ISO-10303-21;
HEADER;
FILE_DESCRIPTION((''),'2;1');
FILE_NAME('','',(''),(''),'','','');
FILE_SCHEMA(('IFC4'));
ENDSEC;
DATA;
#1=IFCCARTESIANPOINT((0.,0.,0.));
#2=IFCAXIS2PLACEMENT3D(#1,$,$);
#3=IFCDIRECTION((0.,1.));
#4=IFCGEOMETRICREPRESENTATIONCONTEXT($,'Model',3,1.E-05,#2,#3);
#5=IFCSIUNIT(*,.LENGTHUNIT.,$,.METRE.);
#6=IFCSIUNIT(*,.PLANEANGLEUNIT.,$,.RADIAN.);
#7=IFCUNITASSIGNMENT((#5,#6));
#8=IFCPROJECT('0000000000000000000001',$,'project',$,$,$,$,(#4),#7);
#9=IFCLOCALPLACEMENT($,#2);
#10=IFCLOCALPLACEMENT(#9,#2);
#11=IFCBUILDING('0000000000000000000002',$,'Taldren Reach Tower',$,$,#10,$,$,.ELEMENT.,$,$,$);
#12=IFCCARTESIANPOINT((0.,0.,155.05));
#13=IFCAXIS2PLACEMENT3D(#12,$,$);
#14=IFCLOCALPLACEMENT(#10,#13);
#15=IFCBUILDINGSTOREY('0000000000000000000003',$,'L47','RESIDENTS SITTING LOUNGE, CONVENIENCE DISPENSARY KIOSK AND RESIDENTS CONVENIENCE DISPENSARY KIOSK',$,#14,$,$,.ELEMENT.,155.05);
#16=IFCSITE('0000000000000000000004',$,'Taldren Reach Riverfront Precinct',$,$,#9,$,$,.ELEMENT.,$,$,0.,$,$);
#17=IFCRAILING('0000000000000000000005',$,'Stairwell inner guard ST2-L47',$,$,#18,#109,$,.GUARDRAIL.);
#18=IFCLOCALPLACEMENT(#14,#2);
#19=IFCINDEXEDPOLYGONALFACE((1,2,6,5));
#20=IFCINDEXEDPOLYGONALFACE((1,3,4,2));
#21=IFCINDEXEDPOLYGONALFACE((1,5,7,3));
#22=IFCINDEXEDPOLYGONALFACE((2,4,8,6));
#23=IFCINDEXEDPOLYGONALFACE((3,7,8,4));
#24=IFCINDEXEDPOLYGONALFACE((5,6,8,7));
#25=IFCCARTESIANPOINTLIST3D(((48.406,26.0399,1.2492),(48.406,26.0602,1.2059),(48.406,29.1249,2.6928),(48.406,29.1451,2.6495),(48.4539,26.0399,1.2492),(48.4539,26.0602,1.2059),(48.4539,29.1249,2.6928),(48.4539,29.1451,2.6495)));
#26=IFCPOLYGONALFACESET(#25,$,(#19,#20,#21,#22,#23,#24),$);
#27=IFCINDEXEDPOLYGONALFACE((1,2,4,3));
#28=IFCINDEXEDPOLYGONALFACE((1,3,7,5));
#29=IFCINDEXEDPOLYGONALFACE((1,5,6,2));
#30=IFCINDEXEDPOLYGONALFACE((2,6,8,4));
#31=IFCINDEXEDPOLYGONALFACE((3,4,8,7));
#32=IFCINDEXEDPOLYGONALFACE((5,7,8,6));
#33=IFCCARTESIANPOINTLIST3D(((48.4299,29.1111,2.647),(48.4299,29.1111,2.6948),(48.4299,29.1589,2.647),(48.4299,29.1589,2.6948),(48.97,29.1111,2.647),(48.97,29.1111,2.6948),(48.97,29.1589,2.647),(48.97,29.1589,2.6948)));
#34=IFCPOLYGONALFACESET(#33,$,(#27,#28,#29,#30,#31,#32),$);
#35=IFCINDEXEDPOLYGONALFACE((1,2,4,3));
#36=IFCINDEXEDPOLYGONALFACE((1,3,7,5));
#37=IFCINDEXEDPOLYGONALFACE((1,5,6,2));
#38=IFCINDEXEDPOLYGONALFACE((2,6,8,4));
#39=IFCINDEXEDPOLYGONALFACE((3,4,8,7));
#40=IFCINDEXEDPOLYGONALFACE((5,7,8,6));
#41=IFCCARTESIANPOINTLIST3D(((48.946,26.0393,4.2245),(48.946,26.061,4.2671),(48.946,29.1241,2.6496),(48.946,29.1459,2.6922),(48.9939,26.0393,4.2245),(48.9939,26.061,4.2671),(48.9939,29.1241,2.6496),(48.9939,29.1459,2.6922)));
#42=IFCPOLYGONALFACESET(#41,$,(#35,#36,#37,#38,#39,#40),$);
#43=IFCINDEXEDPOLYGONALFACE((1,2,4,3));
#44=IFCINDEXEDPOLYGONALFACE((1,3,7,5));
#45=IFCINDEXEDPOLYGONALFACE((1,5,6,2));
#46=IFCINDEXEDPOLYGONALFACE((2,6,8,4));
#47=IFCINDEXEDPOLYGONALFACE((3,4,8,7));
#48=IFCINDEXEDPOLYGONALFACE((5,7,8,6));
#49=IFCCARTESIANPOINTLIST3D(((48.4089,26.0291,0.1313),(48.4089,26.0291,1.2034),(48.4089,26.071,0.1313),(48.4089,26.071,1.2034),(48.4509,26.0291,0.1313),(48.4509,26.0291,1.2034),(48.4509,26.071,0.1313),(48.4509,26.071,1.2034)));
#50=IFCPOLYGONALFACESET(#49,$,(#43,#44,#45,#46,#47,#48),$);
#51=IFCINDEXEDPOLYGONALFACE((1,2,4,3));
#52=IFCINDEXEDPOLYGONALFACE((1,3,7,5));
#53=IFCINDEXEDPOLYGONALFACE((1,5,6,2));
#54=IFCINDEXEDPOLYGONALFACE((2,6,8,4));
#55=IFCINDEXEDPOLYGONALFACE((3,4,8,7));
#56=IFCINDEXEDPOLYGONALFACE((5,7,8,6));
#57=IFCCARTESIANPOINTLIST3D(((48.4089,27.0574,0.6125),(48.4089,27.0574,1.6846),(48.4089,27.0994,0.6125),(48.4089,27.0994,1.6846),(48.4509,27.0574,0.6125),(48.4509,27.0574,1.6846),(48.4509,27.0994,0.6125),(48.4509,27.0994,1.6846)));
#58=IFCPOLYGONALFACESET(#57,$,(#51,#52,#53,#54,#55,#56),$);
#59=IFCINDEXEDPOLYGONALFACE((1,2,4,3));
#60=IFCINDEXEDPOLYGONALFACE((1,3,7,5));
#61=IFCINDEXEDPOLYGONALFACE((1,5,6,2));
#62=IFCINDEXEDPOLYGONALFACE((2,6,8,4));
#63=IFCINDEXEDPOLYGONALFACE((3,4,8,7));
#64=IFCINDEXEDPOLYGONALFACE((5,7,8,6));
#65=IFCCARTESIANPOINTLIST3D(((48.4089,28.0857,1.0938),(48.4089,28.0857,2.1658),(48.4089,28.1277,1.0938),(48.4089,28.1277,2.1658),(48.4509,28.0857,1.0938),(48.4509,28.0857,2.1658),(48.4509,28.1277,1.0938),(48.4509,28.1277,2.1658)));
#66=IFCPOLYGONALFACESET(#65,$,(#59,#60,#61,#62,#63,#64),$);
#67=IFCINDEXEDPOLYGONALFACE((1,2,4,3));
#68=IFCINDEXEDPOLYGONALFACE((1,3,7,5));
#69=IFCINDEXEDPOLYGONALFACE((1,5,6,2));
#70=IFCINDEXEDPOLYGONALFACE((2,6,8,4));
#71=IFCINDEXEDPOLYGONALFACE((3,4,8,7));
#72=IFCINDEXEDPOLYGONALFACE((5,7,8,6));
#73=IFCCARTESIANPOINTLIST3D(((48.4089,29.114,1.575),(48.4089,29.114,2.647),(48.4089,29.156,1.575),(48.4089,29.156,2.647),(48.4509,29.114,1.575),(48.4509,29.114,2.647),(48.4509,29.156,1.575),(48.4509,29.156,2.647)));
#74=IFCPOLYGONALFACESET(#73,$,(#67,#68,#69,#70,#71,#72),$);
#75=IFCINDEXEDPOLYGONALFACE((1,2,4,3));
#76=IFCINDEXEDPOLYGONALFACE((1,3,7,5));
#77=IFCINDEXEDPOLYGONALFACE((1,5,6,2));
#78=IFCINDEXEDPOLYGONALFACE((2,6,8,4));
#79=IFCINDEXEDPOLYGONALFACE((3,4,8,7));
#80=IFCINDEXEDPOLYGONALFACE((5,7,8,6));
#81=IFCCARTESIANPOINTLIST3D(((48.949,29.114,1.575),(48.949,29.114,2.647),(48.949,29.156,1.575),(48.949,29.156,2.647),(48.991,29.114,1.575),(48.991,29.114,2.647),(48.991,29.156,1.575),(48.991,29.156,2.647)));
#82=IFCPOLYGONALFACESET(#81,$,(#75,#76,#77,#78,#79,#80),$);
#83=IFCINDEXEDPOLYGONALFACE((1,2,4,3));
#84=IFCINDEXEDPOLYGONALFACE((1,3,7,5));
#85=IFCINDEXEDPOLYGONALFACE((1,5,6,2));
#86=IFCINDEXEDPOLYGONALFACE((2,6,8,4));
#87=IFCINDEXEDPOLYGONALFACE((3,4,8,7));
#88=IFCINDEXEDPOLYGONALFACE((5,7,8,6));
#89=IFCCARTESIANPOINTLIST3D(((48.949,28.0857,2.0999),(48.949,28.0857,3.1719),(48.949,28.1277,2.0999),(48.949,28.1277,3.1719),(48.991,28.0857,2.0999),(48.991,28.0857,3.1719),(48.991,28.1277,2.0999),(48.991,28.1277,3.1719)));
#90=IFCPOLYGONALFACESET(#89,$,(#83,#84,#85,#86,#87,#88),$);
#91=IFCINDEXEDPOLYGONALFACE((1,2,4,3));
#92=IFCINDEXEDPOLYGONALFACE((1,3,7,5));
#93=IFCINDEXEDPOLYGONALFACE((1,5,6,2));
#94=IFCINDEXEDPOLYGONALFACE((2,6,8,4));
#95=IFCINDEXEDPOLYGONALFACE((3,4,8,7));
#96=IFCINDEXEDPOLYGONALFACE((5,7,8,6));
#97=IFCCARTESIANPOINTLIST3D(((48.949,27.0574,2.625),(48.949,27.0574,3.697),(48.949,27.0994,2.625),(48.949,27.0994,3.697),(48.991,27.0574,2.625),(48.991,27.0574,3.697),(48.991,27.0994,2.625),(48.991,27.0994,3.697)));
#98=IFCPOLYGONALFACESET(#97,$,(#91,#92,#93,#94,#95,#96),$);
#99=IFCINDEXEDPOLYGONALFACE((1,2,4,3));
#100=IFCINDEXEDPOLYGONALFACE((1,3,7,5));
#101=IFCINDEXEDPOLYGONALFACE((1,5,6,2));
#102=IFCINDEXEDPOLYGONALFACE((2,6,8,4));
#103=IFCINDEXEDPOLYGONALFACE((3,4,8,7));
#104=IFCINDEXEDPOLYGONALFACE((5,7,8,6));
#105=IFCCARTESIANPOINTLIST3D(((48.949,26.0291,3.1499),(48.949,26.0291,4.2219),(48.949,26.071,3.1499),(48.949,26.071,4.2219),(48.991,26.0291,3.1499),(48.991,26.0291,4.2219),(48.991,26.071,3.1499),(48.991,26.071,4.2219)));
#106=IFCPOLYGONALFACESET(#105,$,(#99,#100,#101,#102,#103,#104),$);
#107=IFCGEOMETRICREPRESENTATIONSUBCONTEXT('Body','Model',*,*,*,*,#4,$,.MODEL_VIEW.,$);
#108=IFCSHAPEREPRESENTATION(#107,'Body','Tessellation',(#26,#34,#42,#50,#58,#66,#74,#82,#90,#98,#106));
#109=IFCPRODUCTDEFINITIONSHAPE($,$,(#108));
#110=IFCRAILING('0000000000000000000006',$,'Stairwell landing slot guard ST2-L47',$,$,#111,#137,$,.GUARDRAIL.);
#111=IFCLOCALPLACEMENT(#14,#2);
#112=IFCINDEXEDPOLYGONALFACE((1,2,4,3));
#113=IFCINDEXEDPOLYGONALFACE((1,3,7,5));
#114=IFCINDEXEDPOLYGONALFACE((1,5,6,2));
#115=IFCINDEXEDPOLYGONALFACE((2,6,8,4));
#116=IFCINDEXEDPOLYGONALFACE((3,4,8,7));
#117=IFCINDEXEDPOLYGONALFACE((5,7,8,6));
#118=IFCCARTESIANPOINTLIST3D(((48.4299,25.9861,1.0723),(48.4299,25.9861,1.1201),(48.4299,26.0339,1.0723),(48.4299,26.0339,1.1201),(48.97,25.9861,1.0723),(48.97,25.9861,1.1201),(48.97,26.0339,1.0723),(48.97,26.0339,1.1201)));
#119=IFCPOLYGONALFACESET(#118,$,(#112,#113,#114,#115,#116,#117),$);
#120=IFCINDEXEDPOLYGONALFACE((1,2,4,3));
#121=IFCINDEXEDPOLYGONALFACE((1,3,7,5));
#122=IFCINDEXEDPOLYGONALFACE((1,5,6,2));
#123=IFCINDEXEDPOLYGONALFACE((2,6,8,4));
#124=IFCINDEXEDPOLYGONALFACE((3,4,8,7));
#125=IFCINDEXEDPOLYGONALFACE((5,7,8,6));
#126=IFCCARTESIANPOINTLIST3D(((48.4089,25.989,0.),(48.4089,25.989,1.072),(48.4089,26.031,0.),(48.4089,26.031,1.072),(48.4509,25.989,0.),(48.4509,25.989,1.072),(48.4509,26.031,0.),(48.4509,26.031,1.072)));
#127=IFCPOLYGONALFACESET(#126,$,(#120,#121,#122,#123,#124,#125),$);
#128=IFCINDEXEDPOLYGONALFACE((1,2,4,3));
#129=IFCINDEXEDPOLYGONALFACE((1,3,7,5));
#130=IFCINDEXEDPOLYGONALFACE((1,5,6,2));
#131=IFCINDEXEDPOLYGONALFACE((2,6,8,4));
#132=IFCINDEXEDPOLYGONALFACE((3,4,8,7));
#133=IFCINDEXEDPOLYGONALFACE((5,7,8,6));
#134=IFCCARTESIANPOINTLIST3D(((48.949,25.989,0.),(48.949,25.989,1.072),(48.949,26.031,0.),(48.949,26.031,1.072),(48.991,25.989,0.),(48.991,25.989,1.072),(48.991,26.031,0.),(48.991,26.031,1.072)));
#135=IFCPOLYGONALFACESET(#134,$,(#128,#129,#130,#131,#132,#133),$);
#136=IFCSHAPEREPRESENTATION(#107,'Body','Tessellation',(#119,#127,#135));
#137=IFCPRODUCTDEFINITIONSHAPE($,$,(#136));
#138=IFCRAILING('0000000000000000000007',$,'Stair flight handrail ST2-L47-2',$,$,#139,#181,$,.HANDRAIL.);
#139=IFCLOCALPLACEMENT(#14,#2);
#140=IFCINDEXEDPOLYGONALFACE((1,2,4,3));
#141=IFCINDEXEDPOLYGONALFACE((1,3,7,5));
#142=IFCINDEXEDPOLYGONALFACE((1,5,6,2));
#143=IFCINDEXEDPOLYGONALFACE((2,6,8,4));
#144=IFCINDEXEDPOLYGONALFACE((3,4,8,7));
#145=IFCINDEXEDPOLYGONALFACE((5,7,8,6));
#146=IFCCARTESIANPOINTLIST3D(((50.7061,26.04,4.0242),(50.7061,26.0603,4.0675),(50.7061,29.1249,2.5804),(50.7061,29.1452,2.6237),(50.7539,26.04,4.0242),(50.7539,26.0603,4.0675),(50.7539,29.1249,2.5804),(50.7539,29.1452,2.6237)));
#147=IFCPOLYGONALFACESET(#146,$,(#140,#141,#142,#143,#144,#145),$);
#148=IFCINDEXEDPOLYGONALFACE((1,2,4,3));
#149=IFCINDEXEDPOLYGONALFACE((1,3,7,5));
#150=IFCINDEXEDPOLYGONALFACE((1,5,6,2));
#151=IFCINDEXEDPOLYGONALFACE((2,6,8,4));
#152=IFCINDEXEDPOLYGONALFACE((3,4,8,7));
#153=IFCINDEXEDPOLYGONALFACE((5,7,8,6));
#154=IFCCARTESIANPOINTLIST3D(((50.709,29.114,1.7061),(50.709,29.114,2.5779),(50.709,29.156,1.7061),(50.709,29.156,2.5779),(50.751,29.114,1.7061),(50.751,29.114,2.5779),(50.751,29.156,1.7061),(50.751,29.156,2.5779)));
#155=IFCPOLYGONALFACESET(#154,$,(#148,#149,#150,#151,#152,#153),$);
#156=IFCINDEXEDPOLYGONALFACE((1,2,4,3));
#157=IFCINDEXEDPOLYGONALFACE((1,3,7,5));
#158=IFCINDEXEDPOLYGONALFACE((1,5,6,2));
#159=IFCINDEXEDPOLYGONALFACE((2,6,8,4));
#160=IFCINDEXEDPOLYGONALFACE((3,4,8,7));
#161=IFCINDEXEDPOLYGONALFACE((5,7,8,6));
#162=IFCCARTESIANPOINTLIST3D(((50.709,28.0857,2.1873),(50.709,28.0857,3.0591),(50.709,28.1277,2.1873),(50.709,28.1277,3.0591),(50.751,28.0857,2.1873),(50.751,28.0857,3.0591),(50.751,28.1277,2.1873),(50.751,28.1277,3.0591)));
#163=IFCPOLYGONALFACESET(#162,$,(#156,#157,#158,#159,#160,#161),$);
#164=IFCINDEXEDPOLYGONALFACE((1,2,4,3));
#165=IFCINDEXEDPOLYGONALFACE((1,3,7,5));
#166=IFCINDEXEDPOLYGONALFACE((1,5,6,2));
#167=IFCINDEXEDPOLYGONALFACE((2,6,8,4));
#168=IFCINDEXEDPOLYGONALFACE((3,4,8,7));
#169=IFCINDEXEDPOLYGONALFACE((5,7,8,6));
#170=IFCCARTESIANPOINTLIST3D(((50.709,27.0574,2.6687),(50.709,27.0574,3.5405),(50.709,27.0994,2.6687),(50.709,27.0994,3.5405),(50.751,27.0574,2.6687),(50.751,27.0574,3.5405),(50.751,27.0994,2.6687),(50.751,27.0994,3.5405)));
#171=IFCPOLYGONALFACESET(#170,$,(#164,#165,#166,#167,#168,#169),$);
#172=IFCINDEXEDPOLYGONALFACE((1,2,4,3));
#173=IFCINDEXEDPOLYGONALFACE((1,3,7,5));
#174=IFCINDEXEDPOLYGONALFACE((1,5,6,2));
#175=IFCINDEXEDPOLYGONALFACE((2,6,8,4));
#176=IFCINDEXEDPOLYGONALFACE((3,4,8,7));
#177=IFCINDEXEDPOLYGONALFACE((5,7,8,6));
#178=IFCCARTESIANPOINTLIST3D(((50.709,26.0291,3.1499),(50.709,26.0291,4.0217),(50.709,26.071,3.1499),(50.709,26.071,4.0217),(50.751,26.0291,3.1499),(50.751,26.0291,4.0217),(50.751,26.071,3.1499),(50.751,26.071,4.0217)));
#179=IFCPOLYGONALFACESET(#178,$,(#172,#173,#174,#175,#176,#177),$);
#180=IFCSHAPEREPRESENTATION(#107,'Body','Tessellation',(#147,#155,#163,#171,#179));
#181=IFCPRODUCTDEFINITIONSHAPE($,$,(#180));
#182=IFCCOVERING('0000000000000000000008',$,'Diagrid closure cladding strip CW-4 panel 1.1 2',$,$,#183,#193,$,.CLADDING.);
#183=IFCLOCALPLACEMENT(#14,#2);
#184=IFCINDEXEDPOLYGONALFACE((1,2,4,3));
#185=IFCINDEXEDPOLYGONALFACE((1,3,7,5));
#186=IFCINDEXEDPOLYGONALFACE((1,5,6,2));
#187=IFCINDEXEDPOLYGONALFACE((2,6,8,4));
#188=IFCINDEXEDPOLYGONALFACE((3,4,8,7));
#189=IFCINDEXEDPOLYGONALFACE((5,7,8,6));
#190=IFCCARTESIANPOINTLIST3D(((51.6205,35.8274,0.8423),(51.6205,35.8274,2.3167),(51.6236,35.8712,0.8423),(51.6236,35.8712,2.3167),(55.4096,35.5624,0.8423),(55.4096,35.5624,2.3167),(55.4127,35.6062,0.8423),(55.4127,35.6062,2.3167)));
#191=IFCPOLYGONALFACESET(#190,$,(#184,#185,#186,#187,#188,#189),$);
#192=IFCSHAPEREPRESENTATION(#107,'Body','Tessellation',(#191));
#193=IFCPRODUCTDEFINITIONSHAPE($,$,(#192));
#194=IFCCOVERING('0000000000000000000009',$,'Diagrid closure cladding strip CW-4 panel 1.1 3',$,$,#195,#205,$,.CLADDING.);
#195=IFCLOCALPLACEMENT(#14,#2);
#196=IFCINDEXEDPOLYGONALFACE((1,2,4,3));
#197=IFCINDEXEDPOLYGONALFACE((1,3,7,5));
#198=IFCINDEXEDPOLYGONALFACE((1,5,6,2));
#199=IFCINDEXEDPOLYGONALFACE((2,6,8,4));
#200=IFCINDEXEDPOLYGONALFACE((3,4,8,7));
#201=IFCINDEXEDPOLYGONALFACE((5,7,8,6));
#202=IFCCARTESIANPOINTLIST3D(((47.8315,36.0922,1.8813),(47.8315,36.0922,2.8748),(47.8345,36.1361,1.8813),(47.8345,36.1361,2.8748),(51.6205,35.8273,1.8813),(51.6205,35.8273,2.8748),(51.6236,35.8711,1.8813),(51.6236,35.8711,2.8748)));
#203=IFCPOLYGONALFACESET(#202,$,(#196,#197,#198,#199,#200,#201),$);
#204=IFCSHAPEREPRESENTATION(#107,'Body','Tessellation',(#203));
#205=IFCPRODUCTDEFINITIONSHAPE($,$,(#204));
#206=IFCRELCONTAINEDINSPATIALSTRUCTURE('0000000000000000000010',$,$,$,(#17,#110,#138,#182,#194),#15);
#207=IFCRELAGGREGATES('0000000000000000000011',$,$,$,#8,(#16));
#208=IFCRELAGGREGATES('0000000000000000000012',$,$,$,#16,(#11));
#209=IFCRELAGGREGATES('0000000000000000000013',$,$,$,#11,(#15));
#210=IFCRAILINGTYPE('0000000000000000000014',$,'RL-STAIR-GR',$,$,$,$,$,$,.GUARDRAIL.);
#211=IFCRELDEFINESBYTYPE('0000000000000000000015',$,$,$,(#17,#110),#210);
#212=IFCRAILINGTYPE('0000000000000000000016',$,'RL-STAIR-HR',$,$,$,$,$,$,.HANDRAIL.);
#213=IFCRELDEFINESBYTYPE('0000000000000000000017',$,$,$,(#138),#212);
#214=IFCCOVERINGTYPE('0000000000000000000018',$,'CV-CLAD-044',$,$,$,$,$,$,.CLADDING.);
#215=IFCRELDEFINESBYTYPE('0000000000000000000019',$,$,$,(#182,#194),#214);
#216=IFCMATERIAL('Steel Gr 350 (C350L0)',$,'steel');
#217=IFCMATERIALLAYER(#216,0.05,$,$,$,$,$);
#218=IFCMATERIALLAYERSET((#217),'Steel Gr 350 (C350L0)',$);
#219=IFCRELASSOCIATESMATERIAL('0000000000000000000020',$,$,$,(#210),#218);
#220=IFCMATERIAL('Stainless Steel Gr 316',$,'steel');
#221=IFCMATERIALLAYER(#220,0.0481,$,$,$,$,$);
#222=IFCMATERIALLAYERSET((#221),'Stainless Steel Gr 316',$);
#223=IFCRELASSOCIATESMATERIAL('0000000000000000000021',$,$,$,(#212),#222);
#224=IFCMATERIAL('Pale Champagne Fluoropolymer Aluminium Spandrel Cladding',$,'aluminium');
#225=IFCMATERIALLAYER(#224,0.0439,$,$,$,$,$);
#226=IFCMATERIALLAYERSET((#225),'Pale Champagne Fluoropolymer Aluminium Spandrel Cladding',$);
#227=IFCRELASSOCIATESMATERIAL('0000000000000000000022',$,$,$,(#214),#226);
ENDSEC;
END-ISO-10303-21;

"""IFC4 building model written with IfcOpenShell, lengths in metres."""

from ifc_helpers import new_model, si_unit, direction, frame, origin, origin_2d, place, context, subcontext, project, spatial, rectangle, extrude, source, transform, mapped, material, layer, layer_set, type_object, element, save


model = new_model("IFC4")

# Units and contexts
model_context = context("Model", 3, precision=1e-05, world=origin(), true_north=direction((0.0, 1.0)))
body_context = subcontext(model_context, "Body", "Model", "MODEL_VIEW")
ifc_project = project(units=[si_unit("LENGTHUNIT", "METRE"), si_unit("PLANEANGLEUNIT", "RADIAN")], contexts=[model_context])

# Site, building, storey
site_placement = place(None, origin())
site = spatial("IfcSite", under=ifc_project, at=site_placement, Name="Taldren Reach Riverfront Precinct", CompositionType="ELEMENT", RefElevation=0.0)
building_placement = place(site_placement, origin())
building = spatial("IfcBuilding", under=site, at=building_placement, Name="Taldren Reach Tower", CompositionType="ELEMENT")
storey_placement = place(building_placement, frame((0.0, 0.0, 155.05)))
storey = spatial("IfcBuildingStorey", under=building, at=storey_placement, Name="L47", Description="RESIDENTS SITTING LOUNGE, CONVENIENCE DISPENSARY KIOSK AND RESIDENTS CONVENIENCE DISPENSARY KIOSK", CompositionType="ELEMENT", Elevation=155.05)

# Shared definitions
ifc_material_1 = material(Name="Steel Gr 350 (C350L0)", Category="steel")

# Railings
ifc_layer_1 = layer(ifc_material_1, 0.05)
ifc_layer_set_1 = layer_set([ifc_layer_1], Name="Steel Gr 350 (C350L0)")
railing_type_1 = type_object("IfcRailingType", Name="RL-STAIR-GR", PredefinedType="GUARDRAIL", material=ifc_layer_set_1)
railing_1_placement = place(storey_placement, frame((48.4299, 26.05, 0.1313)))
element("IfcRailing", 1, at=railing_1_placement, inside=storey, type_object=railing_type_1, Name="Stairwell inner guard ST2-L47", PredefinedType="GUARDRAIL", context=body_context, shape_type="SweptSolid", body=[
    extrude(rectangle(XDim=0.0479, YDim=0.0479, at=origin_2d()), frame((0.0, 0.0, 1.0962), z_axis=(0.0, 0.905738, 0.423839), x_axis=(-1.0, 0.0, 0.0)), (0.0, 0.0, 1.0), 3.406),
    extrude(rectangle(XDim=0.0479, YDim=0.0479, at=origin_2d()), frame((0.0, 3.085, 2.5396), z_axis=(1.0, 0.0, 0.0), x_axis=(0.0, 1.0, 0.0)), (0.0, 0.0, 1.0), 0.54),
    extrude(rectangle(XDim=0.0479, YDim=0.0479, at=origin_2d()), frame((0.54, 3.085, 2.5396), z_axis=(0.0, -0.890646, 0.454697), x_axis=(1.0, 0.0, 0.0)), (0.0, 0.0, 1.0), 3.4636),
    extrude(rectangle(XDim=0.042, YDim=0.042, at=origin_2d()), origin(), (0.0, 0.0, 1.0), 1.072),
    extrude(rectangle(XDim=0.042, YDim=0.042, at=origin_2d()), frame((0.0, 1.0283, 0.4812)), (0.0, 0.0, 1.0), 1.072),
    extrude(rectangle(XDim=0.042, YDim=0.042, at=origin_2d()), frame((0.0, 2.0566, 0.9624)), (0.0, 0.0, 1.0), 1.072),
    extrude(rectangle(XDim=0.042, YDim=0.042, at=origin_2d()), frame((0.0, 3.085, 1.4436)), (0.0, 0.0, 1.0), 1.072),
    extrude(rectangle(XDim=0.042, YDim=0.042, at=origin_2d()), frame((0.54, 3.085, 1.4436)), (0.0, 0.0, 1.0), 1.072),
    extrude(rectangle(XDim=0.042, YDim=0.042, at=origin_2d()), frame((0.54, 2.0566, 1.9685)), (0.0, 0.0, 1.0), 1.072),
    extrude(rectangle(XDim=0.042, YDim=0.042, at=origin_2d()), frame((0.54, 1.0283, 2.4937)), (0.0, 0.0, 1.0), 1.072),
    extrude(rectangle(XDim=0.042, YDim=0.042, at=origin_2d()), frame((0.54, 0.0, 3.0186)), (0.0, 0.0, 1.0), 1.072),
])
railing_2_placement = place(storey_placement, frame((48.4299, 26.01, 0.0)))
element("IfcRailing", 2, at=railing_2_placement, inside=storey, type_object=railing_type_1, Name="Stairwell landing slot guard ST2-L47", PredefinedType="GUARDRAIL", context=body_context, shape_type="SweptSolid", body=[
    extrude(rectangle(XDim=0.0479, YDim=0.0479, at=origin_2d()), frame((0.0, 0.0, 1.0962), z_axis=(1.0, 0.0, 0.0), x_axis=(0.0, 1.0, 0.0)), (0.0, 0.0, 1.0), 0.54),
    extrude(rectangle(XDim=0.042, YDim=0.042, at=origin_2d()), origin(), (0.0, 0.0, 1.0), 1.072),
    extrude(rectangle(XDim=0.042, YDim=0.042, at=origin_2d()), frame((0.54, 0.0, 0.0)), (0.0, 0.0, 1.0), 1.072),
])
ifc_material_2 = material(Name="Stainless Steel Gr 316", Category="steel")
ifc_layer_2 = layer(ifc_material_2, 0.0481)
ifc_layer_set_2 = layer_set([ifc_layer_2], Name="Stainless Steel Gr 316")
railing_type_2 = type_object("IfcRailingType", Name="RL-STAIR-HR", PredefinedType="HANDRAIL", material=ifc_layer_set_2)
railing_3_placement = place(storey_placement, frame((50.73, 29.135, 1.7061)))
element("IfcRailing", 3, at=railing_3_placement, inside=storey, type_object=railing_type_2, Name="Stair flight handrail ST2-L47-2", PredefinedType="HANDRAIL", context=body_context, shape_type="SweptSolid", body=[
    extrude(rectangle(XDim=0.0479, YDim=0.0479, at=origin_2d()), frame((0.0, 0.0, 0.896), z_axis=(0.0, -0.90571, 0.423898), x_axis=(1.0, 0.0, 0.0)), (0.0, 0.0, 1.0), 3.406),
    extrude(rectangle(XDim=0.042, YDim=0.042, at=origin_2d()), origin(), (0.0, 0.0, 1.0), 0.8718),
    extrude(rectangle(XDim=0.042, YDim=0.042, at=origin_2d()), frame((0.0, -1.0283, 0.4812)), (0.0, 0.0, 1.0), 0.8718),
    extrude(rectangle(XDim=0.042, YDim=0.042, at=origin_2d()), frame((0.0, -2.0566, 0.9626)), (0.0, 0.0, 1.0), 0.8718),
    extrude(rectangle(XDim=0.042, YDim=0.042, at=origin_2d()), frame((0.0, -3.085, 1.4438)), (0.0, 0.0, 1.0), 0.8718),
])

# Coverings
ifc_material_3 = material(Name="Pale Champagne Fluoropolymer Aluminium Spandrel Cladding", Category="aluminium")
ifc_layer_3 = layer(ifc_material_3, 0.0439)
ifc_layer_set_3 = layer_set([ifc_layer_3], Name="Pale Champagne Fluoropolymer Aluminium Spandrel Cladding")
covering_type = type_object("IfcCoveringType", Name="CV-CLAD-044", PredefinedType="CLADDING", material=ifc_layer_set_3)
shared_shape_1 = source(origin(), body_context, "Body", "SweptSolid", [
    extrude(rectangle(XDim=3.7983, YDim=0.0439, at=origin_2d()), origin(), (0.0, 0.0, 1.0), 1.4744),
])
covering_1_placement = place(storey_placement, frame((53.5166, 35.7168, 0.8423), z_axis=(0.0, 0.0, 1.0), x_axis=(-0.997564, 0.069757, 0.0)))
element("IfcCovering", 4, at=covering_1_placement, inside=storey, type_object=covering_type, Name="Diagrid closure cladding strip CW-4 panel 1.1 2", PredefinedType="CLADDING", context=body_context, shape_type="MappedRepresentation", body=[
    mapped(shared_shape_1, transform((0.0, 0.0, 0.0), scale=1.0)),
])
shared_shape_2 = source(origin(), body_context, "Body", "SweptSolid", [
    extrude(rectangle(XDim=3.7983, YDim=0.0439, at=origin_2d()), origin(), (0.0, 0.0, 1.0), 0.9934),
])
covering_2_placement = place(storey_placement, frame((49.7275, 35.9817, 1.8813), z_axis=(0.0, 0.0, 1.0), x_axis=(-0.997564, 0.069757, 0.0)))
element("IfcCovering", 5, at=covering_2_placement, inside=storey, type_object=covering_type, Name="Diagrid closure cladding strip CW-4 panel 1.1 3", PredefinedType="CLADDING", context=body_context, shape_type="MappedRepresentation", body=[
    mapped(shared_shape_2, transform((0.0, 0.0, 0.0), scale=1.0)),
])

save(model, "model.ifc")
